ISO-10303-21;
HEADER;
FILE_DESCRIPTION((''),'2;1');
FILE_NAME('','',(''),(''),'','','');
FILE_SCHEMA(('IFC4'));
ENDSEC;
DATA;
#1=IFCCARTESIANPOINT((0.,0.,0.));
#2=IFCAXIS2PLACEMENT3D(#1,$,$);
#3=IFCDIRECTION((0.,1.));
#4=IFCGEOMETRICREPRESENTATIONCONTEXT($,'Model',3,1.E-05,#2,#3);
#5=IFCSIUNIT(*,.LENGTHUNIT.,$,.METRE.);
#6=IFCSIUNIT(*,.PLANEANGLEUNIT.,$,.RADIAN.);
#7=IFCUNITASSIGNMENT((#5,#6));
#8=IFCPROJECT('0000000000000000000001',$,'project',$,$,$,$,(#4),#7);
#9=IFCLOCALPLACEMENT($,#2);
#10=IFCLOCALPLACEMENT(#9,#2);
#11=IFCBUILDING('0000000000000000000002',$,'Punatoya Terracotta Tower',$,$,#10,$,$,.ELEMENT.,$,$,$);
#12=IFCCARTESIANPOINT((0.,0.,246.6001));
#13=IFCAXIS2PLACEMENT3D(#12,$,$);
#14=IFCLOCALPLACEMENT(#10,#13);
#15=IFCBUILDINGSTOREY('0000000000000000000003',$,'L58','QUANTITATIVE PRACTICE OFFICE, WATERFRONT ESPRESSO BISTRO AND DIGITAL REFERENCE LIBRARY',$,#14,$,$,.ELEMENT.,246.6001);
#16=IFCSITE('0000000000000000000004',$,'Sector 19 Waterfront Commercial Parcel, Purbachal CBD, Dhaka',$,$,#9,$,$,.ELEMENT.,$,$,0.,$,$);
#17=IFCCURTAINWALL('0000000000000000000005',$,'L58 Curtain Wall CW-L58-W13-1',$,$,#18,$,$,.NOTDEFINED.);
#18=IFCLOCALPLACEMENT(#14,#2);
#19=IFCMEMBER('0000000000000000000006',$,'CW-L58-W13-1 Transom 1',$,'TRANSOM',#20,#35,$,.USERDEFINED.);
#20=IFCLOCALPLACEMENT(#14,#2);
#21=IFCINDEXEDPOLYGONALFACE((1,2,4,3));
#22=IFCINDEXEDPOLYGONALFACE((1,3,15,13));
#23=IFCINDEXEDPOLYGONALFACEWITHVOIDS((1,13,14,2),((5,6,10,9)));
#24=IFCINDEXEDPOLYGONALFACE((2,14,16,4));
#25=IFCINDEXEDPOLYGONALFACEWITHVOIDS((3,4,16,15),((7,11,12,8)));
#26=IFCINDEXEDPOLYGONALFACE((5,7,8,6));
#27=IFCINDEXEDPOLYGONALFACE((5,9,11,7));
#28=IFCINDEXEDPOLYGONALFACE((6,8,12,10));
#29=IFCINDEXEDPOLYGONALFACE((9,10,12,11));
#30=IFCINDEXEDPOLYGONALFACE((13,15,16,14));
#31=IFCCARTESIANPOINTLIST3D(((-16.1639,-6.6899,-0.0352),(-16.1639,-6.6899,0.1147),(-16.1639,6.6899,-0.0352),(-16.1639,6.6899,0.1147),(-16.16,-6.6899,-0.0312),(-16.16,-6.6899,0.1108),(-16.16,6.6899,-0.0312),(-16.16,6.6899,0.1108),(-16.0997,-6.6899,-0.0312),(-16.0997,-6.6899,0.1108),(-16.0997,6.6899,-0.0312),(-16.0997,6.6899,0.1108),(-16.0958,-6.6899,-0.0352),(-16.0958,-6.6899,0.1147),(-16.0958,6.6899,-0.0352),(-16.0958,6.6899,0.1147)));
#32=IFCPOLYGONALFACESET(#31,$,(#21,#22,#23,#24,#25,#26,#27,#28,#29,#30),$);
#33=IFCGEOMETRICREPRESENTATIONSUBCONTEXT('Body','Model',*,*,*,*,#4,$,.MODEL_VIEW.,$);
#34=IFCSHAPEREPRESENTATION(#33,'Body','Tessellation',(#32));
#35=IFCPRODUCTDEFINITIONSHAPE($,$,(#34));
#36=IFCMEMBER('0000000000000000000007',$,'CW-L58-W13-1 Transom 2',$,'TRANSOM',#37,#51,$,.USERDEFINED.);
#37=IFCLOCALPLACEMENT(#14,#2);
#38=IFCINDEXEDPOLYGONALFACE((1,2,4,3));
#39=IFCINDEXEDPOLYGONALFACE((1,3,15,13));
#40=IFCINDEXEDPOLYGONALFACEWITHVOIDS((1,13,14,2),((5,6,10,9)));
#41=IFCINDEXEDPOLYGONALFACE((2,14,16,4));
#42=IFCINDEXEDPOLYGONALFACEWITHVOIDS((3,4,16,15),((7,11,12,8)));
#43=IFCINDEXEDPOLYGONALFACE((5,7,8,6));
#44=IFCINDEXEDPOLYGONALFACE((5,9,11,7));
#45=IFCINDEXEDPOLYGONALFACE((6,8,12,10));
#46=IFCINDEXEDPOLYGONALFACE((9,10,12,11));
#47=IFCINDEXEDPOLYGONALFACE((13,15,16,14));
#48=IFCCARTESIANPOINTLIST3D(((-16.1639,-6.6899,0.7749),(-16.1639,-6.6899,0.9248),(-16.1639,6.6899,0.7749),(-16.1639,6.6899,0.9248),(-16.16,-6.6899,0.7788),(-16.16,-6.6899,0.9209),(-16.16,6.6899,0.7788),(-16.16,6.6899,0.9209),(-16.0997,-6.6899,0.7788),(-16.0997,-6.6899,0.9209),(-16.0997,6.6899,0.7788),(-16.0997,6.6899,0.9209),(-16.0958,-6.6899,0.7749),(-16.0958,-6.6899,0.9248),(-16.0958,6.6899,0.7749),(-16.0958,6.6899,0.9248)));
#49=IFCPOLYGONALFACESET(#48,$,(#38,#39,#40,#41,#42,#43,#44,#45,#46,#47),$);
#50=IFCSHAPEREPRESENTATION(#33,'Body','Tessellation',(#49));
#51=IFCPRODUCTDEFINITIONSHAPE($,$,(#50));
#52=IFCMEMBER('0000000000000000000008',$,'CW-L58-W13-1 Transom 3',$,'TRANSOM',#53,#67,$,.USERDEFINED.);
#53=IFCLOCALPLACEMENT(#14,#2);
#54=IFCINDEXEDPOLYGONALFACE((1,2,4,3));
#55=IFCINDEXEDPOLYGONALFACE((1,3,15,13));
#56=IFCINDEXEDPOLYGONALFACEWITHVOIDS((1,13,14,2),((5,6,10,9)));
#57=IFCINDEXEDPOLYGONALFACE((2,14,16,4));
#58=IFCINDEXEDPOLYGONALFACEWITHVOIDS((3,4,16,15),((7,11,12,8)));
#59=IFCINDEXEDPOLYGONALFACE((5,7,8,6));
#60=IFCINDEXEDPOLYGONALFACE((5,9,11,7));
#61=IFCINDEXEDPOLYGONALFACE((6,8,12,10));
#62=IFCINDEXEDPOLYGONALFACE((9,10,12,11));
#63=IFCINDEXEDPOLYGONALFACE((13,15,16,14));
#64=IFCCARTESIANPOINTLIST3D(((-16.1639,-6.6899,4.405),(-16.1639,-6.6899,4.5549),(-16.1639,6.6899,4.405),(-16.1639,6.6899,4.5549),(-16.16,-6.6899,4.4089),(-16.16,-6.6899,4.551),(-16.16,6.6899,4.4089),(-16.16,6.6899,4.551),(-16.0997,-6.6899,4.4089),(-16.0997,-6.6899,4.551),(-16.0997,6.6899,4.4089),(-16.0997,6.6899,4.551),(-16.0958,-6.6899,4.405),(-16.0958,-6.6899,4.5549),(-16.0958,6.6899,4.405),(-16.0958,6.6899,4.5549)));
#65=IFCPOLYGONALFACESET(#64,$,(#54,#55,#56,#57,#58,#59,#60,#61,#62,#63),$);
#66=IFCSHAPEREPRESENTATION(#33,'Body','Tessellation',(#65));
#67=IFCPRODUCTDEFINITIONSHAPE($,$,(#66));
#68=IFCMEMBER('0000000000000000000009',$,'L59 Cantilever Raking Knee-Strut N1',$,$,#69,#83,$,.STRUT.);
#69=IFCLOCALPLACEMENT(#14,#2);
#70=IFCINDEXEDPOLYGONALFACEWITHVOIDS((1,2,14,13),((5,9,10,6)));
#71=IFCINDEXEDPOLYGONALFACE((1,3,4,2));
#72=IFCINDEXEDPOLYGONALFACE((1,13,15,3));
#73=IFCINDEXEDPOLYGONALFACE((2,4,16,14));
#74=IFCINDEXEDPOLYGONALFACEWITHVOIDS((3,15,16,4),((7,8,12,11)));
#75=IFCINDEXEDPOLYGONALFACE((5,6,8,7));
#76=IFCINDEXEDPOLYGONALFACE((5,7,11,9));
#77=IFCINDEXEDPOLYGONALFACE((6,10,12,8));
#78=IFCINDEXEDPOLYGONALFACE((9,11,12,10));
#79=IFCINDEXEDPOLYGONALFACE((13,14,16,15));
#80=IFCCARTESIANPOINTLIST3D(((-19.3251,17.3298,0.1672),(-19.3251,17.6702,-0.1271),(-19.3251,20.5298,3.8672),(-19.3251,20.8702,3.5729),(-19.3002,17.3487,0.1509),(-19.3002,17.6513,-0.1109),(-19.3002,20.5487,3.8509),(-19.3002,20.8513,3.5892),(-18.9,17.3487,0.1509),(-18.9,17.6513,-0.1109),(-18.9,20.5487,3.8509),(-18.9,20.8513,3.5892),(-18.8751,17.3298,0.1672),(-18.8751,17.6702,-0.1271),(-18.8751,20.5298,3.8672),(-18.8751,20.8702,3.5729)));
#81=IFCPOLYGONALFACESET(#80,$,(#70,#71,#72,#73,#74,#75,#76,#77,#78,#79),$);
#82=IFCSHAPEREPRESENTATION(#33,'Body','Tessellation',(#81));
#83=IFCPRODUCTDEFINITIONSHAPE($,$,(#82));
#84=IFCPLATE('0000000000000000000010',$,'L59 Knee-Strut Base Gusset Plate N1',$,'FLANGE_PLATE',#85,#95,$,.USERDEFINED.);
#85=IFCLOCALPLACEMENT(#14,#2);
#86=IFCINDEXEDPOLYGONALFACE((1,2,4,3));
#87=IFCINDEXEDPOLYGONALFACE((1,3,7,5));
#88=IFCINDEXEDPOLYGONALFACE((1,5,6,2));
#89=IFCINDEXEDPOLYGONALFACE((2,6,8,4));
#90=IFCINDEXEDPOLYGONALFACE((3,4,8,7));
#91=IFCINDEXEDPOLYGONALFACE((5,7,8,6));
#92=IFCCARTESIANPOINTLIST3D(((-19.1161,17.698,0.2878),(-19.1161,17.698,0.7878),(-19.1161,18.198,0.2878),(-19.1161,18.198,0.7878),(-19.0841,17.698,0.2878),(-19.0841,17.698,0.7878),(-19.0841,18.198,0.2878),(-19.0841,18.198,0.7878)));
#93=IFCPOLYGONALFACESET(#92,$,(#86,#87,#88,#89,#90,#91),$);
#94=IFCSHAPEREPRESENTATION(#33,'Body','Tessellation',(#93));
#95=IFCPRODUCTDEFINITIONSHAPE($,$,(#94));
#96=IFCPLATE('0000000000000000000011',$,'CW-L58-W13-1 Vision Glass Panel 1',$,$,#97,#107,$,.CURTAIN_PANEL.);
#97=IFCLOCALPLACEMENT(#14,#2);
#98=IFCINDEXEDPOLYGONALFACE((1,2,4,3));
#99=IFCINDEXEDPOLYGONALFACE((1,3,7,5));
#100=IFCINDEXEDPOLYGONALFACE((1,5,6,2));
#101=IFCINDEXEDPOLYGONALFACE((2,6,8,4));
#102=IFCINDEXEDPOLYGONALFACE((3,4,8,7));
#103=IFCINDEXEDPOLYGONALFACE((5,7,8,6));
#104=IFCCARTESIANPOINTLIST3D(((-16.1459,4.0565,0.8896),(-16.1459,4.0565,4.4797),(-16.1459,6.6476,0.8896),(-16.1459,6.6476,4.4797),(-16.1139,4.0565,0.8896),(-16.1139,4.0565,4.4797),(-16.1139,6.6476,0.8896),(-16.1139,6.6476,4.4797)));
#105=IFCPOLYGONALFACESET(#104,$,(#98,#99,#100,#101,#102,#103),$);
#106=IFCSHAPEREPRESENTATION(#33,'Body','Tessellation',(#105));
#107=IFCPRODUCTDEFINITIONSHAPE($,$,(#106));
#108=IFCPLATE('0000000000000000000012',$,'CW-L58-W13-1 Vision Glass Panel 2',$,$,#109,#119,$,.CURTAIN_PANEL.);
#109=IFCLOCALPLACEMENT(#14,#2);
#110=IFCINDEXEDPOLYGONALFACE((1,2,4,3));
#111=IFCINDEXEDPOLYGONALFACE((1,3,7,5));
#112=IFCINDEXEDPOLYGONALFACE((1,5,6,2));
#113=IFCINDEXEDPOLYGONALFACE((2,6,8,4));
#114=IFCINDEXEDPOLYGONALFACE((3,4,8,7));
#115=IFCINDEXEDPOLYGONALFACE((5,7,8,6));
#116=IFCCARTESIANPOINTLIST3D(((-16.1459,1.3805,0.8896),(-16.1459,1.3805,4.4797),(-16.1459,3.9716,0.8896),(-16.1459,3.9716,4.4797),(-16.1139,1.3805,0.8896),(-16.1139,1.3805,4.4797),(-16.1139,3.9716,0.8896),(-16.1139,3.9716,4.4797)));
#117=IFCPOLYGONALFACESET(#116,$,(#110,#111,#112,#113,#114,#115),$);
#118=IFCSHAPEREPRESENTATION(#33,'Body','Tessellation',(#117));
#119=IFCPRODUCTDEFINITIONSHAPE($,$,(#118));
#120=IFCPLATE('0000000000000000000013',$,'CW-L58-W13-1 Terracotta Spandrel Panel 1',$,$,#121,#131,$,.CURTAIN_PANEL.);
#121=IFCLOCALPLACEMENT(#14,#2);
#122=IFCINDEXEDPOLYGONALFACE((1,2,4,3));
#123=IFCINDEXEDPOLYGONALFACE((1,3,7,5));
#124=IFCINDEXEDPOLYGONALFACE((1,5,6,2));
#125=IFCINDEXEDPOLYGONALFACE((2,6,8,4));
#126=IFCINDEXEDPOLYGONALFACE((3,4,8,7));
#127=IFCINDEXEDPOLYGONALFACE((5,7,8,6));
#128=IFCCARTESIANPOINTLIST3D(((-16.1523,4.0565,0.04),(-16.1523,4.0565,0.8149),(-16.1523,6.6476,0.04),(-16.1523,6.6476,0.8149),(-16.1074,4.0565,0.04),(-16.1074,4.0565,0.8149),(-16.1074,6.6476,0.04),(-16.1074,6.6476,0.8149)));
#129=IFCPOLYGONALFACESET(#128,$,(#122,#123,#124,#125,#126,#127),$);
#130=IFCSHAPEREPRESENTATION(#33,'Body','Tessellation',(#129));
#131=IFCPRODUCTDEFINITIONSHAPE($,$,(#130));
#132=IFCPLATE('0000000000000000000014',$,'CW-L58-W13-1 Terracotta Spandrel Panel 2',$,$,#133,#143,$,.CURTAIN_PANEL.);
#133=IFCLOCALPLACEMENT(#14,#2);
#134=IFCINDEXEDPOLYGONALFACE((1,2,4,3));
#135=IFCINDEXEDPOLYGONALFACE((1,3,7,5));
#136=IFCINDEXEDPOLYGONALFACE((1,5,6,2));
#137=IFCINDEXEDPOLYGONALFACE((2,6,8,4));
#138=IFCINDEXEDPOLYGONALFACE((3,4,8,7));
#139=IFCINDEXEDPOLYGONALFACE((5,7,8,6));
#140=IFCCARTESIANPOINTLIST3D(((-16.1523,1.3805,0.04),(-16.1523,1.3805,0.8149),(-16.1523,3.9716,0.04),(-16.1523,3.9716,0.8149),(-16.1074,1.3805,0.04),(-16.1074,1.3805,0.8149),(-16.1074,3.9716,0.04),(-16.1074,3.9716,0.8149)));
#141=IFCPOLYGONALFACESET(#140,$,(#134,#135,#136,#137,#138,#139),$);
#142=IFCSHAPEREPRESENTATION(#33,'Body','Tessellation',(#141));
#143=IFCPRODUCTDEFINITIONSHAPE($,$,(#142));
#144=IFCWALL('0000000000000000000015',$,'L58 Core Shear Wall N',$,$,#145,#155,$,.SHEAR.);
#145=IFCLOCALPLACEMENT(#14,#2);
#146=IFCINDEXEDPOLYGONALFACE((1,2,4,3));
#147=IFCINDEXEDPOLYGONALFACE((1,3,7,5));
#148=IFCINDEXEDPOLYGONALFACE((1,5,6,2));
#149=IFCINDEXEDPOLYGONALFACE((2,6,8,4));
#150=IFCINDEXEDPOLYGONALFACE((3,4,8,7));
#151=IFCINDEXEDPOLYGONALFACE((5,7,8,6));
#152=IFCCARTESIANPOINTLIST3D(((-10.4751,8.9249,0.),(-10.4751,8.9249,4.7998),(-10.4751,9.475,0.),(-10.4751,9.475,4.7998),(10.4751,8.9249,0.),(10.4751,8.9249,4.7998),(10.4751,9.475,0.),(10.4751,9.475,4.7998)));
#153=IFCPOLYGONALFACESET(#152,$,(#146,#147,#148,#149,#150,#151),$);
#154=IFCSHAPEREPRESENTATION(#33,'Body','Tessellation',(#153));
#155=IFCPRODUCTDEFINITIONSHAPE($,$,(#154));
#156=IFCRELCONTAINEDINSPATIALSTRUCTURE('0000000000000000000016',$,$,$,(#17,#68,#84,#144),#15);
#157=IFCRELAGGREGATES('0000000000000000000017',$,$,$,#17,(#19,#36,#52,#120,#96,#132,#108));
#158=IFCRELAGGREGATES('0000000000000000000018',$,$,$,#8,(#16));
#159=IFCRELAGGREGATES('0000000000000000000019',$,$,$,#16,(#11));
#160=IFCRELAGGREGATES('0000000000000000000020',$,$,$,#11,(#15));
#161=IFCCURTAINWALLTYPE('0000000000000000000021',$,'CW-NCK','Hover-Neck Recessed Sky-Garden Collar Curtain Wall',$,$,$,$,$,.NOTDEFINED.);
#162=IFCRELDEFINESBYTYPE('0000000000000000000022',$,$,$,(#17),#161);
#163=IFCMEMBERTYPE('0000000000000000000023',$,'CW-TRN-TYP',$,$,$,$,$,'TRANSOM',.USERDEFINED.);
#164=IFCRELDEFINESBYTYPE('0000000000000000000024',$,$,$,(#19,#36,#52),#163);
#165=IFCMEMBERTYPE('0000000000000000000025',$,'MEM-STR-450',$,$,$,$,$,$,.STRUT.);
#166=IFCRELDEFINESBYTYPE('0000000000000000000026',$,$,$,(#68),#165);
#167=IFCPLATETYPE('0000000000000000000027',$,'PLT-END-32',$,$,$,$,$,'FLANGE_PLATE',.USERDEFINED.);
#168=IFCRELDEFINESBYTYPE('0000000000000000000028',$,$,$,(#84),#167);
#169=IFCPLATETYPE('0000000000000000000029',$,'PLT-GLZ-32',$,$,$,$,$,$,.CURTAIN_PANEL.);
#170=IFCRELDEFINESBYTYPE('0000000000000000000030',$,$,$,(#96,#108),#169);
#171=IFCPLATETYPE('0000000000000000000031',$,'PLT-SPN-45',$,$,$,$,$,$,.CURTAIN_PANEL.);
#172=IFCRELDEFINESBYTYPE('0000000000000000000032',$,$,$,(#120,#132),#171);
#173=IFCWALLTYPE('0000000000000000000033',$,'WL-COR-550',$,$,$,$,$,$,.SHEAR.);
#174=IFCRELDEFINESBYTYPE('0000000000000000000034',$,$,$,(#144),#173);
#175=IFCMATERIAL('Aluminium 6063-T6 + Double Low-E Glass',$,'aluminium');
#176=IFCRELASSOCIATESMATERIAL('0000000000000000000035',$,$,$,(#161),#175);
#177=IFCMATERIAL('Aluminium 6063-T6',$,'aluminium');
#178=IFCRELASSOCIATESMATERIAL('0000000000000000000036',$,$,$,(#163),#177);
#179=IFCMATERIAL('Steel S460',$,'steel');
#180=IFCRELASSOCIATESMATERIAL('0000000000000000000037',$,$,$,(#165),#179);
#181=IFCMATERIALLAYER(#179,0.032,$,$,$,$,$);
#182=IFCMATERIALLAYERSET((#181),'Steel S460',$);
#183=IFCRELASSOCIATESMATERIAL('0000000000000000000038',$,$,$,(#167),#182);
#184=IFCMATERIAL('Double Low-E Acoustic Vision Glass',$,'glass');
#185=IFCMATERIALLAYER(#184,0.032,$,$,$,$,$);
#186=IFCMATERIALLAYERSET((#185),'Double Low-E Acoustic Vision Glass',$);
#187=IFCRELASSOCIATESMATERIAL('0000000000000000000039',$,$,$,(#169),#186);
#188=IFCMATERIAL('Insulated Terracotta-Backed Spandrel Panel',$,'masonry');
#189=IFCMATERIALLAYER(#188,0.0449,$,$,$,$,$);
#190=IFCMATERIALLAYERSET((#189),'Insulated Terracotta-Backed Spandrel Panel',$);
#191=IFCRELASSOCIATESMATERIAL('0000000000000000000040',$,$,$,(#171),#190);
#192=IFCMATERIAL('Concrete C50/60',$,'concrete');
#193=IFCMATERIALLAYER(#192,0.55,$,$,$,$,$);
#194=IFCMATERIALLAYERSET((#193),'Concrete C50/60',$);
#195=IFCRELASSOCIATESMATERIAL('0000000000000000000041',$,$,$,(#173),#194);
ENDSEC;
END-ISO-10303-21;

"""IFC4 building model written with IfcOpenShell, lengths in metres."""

from ifc_helpers import new_model, si_unit, direction, frame, frame_2d, origin, origin_2d, place, context, subcontext, project, spatial, rectangle, hollow_rectangle, extrude, material, layer, layer_set, material_profile, profile_set, type_object, element, aggregate, save


model = new_model("IFC4")

# Units and contexts
model_context = context("Model", 3, precision=1e-05, world=origin(), true_north=direction((0.0, 1.0)))
body_context = subcontext(model_context, "Body", "Model", "MODEL_VIEW")
ifc_project = project(units=[si_unit("LENGTHUNIT", "METRE"), si_unit("PLANEANGLEUNIT", "RADIAN")], contexts=[model_context])

# Site, building, storey
site_placement = place(None, origin())
site = spatial("IfcSite", under=ifc_project, at=site_placement, Name="Sector 19 Waterfront Commercial Parcel, Purbachal CBD, Dhaka", CompositionType="ELEMENT", RefElevation=0.0)
building_placement = place(site_placement, origin())
building = spatial("IfcBuilding", under=site, at=building_placement, Name="Punatoya Terracotta Tower", CompositionType="ELEMENT")
storey_placement = place(building_placement, frame((0.0, 0.0, 246.6001)))
storey = spatial("IfcBuildingStorey", under=building, at=storey_placement, Name="L58", Description="QUANTITATIVE PRACTICE OFFICE, WATERFRONT ESPRESSO BISTRO AND DIGITAL REFERENCE LIBRARY", CompositionType="ELEMENT", Elevation=246.6001)

# Shared definitions
ifc_material_1 = material(Name="Steel S460", Category="steel")

# Curtain wall, members
ifc_material_2 = material(Name="Aluminium 6063-T6 + Double Low-E Glass", Category="aluminium")
curtain_wall_type = type_object("IfcCurtainWallType", Name="CW-NCK", Description="Hover-Neck Recessed Sky-Garden Collar Curtain Wall", PredefinedType="NOTDEFINED", material=ifc_material_2)
curtain_wall_placement = place(storey_placement, origin())
curtain_wall = element("IfcCurtainWall", 1, at=curtain_wall_placement, inside=storey, type_object=curtain_wall_type, Name="L58 Curtain Wall CW-L58-W13-1", PredefinedType="NOTDEFINED")
ifc_material_3 = material(Name="Aluminium 6063-T6", Category="aluminium")
ifc_material_profile_1 = material_profile(ifc_material_3, hollow_rectangle(XDim=0.0681, YDim=0.1499, WallThickness=0.0039, at=origin_2d()))
ifc_profile_set_1 = profile_set([ifc_material_profile_1], Name="Aluminium 6063-T6")
member_type_1 = type_object("IfcMemberType", Name="CW-TRN-TYP", ElementType="TRANSOM", PredefinedType="USERDEFINED", material=ifc_profile_set_1)
member_1_placement = place(storey_placement, frame((-16.1299, 6.6899, 0.0398), z_axis=(0.0, -1.0, 0.0), x_axis=(1.0, 0.0, 0.0)))
member_1 = element("IfcMember", 2, at=member_1_placement, type_object=member_type_1, Name="CW-L58-W13-1 Transom 1", ObjectType="TRANSOM", PredefinedType="USERDEFINED", context=body_context, shape_type="SweptSolid", body=[
    extrude(hollow_rectangle(XDim=0.0681, YDim=0.1499, WallThickness=0.0039, at=origin_2d()), origin(), (0.0, 0.0, 1.0), 13.3799),
])
member_2_placement = place(storey_placement, frame((-16.1299, 6.6899, 0.8499), z_axis=(0.0, -1.0, 0.0), x_axis=(1.0, 0.0, 0.0)))
member_2 = element("IfcMember", 3, at=member_2_placement, type_object=member_type_1, Name="CW-L58-W13-1 Transom 2", ObjectType="TRANSOM", PredefinedType="USERDEFINED", context=body_context, shape_type="SweptSolid", body=[
    extrude(hollow_rectangle(XDim=0.0681, YDim=0.1499, WallThickness=0.0039, at=origin_2d()), origin(), (0.0, 0.0, 1.0), 13.3799),
])
member_3_placement = place(storey_placement, frame((-16.1299, 6.6899, 4.48), z_axis=(0.0, -1.0, 0.0), x_axis=(1.0, 0.0, 0.0)))
member_3 = element("IfcMember", 4, at=member_3_placement, type_object=member_type_1, Name="CW-L58-W13-1 Transom 3", ObjectType="TRANSOM", PredefinedType="USERDEFINED", context=body_context, shape_type="SweptSolid", body=[
    extrude(hollow_rectangle(XDim=0.0681, YDim=0.1499, WallThickness=0.0039, at=origin_2d()), origin(), (0.0, 0.0, 1.0), 13.3799),
])

# Member
ifc_material_profile_2 = material_profile(ifc_material_1, hollow_rectangle(XDim=0.45, YDim=0.45, WallThickness=0.0249, at=origin_2d()))
ifc_profile_set_2 = profile_set([ifc_material_profile_2], Name="Steel S460")
member_type_2 = type_object("IfcMemberType", Name="MEM-STR-450", PredefinedType="STRUT", material=ifc_profile_set_2)
member_4_placement = place(storey_placement, frame((-19.1001, 17.5, 0.02), z_axis=(0.0, 0.654151, 0.756364), x_axis=(-1.0, 0.0, 0.0)))
element("IfcMember", 5, at=member_4_placement, inside=storey, type_object=member_type_2, Name="L59 Cantilever Raking Knee-Strut N1", PredefinedType="STRUT", context=body_context, shape_type="SweptSolid", body=[
    extrude(hollow_rectangle(XDim=0.45, YDim=0.45, WallThickness=0.0249, at=origin_2d()), origin(), (0.0, 0.0, 1.0), 4.8918),
])

# Plates
ifc_layer_1 = layer(ifc_material_1, 0.032)
ifc_layer_set_1 = layer_set([ifc_layer_1], Name="Steel S460")
plate_type_1 = type_object("IfcPlateType", Name="PLT-END-32", ElementType="FLANGE_PLATE", PredefinedType="USERDEFINED", material=ifc_layer_set_1)
plate_1_placement = place(storey_placement, frame((-19.1001, 17.948, 0.2878), z_axis=(0.0, 0.0, 1.0), x_axis=(0.0, 1.0, 0.0)))
element("IfcPlate", 6, at=plate_1_placement, inside=storey, type_object=plate_type_1, Name="L59 Knee-Strut Base Gusset Plate N1", ObjectType="FLANGE_PLATE", PredefinedType="USERDEFINED", context=body_context, shape_type="SweptSolid", body=[
    extrude(rectangle(XDim=0.5, YDim=0.032, at=origin_2d()), origin(), (0.0, 0.0, 1.0), 0.5),
])
ifc_material_4 = material(Name="Double Low-E Acoustic Vision Glass", Category="glass")
ifc_layer_2 = layer(ifc_material_4, 0.032)
ifc_layer_set_2 = layer_set([ifc_layer_2], Name="Double Low-E Acoustic Vision Glass")
plate_type_2 = type_object("IfcPlateType", Name="PLT-GLZ-32", PredefinedType="CURTAIN_PANEL", material=ifc_layer_set_2)
plate_2_placement = place(storey_placement, frame((-16.1299, 5.3521, 0.8896), z_axis=(0.0, 0.0, 1.0), x_axis=(0.0, -1.0, 0.0)))
plate_2 = element("IfcPlate", 7, at=plate_2_placement, type_object=plate_type_2, Name="CW-L58-W13-1 Vision Glass Panel 1", PredefinedType="CURTAIN_PANEL", context=body_context, shape_type="SweptSolid", body=[
    extrude(rectangle(XDim=2.5911, YDim=0.032, at=origin_2d()), origin(), (0.0, 0.0, 1.0), 3.5901),
])
plate_3_placement = place(storey_placement, frame((-16.1299, 2.676, 0.8896), z_axis=(0.0, 0.0, 1.0), x_axis=(0.0, -1.0, 0.0)))
plate_3 = element("IfcPlate", 8, at=plate_3_placement, type_object=plate_type_2, Name="CW-L58-W13-1 Vision Glass Panel 2", PredefinedType="CURTAIN_PANEL", context=body_context, shape_type="SweptSolid", body=[
    extrude(rectangle(XDim=2.5911, YDim=0.032, at=origin_2d()), origin(), (0.0, 0.0, 1.0), 3.5901),
])
ifc_material_5 = material(Name="Insulated Terracotta-Backed Spandrel Panel", Category="masonry")
ifc_layer_3 = layer(ifc_material_5, 0.0449)
ifc_layer_set_3 = layer_set([ifc_layer_3], Name="Insulated Terracotta-Backed Spandrel Panel")
plate_type_3 = type_object("IfcPlateType", Name="PLT-SPN-45", PredefinedType="CURTAIN_PANEL", material=ifc_layer_set_3)
plate_4_placement = place(storey_placement, frame((-16.1299, 5.3521, 0.04), z_axis=(0.0, 0.0, 1.0), x_axis=(0.0, -1.0, 0.0)))
plate_4 = element("IfcPlate", 9, at=plate_4_placement, type_object=plate_type_3, Name="CW-L58-W13-1 Terracotta Spandrel Panel 1", PredefinedType="CURTAIN_PANEL", context=body_context, shape_type="SweptSolid", body=[
    extrude(rectangle(XDim=2.5911, YDim=0.0449, at=origin_2d()), origin(), (0.0, 0.0, 1.0), 0.7749),
])
plate_5_placement = place(storey_placement, frame((-16.1299, 2.676, 0.04), z_axis=(0.0, 0.0, 1.0), x_axis=(0.0, -1.0, 0.0)))
plate_5 = element("IfcPlate", 10, at=plate_5_placement, type_object=plate_type_3, Name="CW-L58-W13-1 Terracotta Spandrel Panel 2", PredefinedType="CURTAIN_PANEL", context=body_context, shape_type="SweptSolid", body=[
    extrude(rectangle(XDim=2.5911, YDim=0.0449, at=origin_2d()), origin(), (0.0, 0.0, 1.0), 0.7749),
])
aggregate(curtain_wall, [member_1, member_2, member_3, plate_4, plate_2, plate_5, plate_3])

# Wall
ifc_material_6 = material(Name="Concrete C50/60", Category="concrete")
ifc_layer_4 = layer(ifc_material_6, 0.55)
ifc_layer_set_4 = layer_set([ifc_layer_4], Name="Concrete C50/60")
wall_type_1 = type_object("IfcWallType", Name="WL-COR-550", PredefinedType="SHEAR", material=ifc_layer_set_4)
wall_1_placement = place(storey_placement, frame((-10.4751, 9.2, 0.0), z_axis=(0.0, 0.0, 1.0), x_axis=(1.0, 0.0, 0.0)))
element("IfcWall", 11, at=wall_1_placement, inside=storey, type_object=wall_type_1, Name="L58 Core Shear Wall N", PredefinedType="SHEAR", context=body_context, shape_type="SweptSolid", body=[
    extrude(rectangle(XDim=20.9502, YDim=0.55, at=frame_2d((10.4751, 0.0))), origin(), (0.0, 0.0, 1.0), 4.7998),
])

save(model, "model.ifc")
